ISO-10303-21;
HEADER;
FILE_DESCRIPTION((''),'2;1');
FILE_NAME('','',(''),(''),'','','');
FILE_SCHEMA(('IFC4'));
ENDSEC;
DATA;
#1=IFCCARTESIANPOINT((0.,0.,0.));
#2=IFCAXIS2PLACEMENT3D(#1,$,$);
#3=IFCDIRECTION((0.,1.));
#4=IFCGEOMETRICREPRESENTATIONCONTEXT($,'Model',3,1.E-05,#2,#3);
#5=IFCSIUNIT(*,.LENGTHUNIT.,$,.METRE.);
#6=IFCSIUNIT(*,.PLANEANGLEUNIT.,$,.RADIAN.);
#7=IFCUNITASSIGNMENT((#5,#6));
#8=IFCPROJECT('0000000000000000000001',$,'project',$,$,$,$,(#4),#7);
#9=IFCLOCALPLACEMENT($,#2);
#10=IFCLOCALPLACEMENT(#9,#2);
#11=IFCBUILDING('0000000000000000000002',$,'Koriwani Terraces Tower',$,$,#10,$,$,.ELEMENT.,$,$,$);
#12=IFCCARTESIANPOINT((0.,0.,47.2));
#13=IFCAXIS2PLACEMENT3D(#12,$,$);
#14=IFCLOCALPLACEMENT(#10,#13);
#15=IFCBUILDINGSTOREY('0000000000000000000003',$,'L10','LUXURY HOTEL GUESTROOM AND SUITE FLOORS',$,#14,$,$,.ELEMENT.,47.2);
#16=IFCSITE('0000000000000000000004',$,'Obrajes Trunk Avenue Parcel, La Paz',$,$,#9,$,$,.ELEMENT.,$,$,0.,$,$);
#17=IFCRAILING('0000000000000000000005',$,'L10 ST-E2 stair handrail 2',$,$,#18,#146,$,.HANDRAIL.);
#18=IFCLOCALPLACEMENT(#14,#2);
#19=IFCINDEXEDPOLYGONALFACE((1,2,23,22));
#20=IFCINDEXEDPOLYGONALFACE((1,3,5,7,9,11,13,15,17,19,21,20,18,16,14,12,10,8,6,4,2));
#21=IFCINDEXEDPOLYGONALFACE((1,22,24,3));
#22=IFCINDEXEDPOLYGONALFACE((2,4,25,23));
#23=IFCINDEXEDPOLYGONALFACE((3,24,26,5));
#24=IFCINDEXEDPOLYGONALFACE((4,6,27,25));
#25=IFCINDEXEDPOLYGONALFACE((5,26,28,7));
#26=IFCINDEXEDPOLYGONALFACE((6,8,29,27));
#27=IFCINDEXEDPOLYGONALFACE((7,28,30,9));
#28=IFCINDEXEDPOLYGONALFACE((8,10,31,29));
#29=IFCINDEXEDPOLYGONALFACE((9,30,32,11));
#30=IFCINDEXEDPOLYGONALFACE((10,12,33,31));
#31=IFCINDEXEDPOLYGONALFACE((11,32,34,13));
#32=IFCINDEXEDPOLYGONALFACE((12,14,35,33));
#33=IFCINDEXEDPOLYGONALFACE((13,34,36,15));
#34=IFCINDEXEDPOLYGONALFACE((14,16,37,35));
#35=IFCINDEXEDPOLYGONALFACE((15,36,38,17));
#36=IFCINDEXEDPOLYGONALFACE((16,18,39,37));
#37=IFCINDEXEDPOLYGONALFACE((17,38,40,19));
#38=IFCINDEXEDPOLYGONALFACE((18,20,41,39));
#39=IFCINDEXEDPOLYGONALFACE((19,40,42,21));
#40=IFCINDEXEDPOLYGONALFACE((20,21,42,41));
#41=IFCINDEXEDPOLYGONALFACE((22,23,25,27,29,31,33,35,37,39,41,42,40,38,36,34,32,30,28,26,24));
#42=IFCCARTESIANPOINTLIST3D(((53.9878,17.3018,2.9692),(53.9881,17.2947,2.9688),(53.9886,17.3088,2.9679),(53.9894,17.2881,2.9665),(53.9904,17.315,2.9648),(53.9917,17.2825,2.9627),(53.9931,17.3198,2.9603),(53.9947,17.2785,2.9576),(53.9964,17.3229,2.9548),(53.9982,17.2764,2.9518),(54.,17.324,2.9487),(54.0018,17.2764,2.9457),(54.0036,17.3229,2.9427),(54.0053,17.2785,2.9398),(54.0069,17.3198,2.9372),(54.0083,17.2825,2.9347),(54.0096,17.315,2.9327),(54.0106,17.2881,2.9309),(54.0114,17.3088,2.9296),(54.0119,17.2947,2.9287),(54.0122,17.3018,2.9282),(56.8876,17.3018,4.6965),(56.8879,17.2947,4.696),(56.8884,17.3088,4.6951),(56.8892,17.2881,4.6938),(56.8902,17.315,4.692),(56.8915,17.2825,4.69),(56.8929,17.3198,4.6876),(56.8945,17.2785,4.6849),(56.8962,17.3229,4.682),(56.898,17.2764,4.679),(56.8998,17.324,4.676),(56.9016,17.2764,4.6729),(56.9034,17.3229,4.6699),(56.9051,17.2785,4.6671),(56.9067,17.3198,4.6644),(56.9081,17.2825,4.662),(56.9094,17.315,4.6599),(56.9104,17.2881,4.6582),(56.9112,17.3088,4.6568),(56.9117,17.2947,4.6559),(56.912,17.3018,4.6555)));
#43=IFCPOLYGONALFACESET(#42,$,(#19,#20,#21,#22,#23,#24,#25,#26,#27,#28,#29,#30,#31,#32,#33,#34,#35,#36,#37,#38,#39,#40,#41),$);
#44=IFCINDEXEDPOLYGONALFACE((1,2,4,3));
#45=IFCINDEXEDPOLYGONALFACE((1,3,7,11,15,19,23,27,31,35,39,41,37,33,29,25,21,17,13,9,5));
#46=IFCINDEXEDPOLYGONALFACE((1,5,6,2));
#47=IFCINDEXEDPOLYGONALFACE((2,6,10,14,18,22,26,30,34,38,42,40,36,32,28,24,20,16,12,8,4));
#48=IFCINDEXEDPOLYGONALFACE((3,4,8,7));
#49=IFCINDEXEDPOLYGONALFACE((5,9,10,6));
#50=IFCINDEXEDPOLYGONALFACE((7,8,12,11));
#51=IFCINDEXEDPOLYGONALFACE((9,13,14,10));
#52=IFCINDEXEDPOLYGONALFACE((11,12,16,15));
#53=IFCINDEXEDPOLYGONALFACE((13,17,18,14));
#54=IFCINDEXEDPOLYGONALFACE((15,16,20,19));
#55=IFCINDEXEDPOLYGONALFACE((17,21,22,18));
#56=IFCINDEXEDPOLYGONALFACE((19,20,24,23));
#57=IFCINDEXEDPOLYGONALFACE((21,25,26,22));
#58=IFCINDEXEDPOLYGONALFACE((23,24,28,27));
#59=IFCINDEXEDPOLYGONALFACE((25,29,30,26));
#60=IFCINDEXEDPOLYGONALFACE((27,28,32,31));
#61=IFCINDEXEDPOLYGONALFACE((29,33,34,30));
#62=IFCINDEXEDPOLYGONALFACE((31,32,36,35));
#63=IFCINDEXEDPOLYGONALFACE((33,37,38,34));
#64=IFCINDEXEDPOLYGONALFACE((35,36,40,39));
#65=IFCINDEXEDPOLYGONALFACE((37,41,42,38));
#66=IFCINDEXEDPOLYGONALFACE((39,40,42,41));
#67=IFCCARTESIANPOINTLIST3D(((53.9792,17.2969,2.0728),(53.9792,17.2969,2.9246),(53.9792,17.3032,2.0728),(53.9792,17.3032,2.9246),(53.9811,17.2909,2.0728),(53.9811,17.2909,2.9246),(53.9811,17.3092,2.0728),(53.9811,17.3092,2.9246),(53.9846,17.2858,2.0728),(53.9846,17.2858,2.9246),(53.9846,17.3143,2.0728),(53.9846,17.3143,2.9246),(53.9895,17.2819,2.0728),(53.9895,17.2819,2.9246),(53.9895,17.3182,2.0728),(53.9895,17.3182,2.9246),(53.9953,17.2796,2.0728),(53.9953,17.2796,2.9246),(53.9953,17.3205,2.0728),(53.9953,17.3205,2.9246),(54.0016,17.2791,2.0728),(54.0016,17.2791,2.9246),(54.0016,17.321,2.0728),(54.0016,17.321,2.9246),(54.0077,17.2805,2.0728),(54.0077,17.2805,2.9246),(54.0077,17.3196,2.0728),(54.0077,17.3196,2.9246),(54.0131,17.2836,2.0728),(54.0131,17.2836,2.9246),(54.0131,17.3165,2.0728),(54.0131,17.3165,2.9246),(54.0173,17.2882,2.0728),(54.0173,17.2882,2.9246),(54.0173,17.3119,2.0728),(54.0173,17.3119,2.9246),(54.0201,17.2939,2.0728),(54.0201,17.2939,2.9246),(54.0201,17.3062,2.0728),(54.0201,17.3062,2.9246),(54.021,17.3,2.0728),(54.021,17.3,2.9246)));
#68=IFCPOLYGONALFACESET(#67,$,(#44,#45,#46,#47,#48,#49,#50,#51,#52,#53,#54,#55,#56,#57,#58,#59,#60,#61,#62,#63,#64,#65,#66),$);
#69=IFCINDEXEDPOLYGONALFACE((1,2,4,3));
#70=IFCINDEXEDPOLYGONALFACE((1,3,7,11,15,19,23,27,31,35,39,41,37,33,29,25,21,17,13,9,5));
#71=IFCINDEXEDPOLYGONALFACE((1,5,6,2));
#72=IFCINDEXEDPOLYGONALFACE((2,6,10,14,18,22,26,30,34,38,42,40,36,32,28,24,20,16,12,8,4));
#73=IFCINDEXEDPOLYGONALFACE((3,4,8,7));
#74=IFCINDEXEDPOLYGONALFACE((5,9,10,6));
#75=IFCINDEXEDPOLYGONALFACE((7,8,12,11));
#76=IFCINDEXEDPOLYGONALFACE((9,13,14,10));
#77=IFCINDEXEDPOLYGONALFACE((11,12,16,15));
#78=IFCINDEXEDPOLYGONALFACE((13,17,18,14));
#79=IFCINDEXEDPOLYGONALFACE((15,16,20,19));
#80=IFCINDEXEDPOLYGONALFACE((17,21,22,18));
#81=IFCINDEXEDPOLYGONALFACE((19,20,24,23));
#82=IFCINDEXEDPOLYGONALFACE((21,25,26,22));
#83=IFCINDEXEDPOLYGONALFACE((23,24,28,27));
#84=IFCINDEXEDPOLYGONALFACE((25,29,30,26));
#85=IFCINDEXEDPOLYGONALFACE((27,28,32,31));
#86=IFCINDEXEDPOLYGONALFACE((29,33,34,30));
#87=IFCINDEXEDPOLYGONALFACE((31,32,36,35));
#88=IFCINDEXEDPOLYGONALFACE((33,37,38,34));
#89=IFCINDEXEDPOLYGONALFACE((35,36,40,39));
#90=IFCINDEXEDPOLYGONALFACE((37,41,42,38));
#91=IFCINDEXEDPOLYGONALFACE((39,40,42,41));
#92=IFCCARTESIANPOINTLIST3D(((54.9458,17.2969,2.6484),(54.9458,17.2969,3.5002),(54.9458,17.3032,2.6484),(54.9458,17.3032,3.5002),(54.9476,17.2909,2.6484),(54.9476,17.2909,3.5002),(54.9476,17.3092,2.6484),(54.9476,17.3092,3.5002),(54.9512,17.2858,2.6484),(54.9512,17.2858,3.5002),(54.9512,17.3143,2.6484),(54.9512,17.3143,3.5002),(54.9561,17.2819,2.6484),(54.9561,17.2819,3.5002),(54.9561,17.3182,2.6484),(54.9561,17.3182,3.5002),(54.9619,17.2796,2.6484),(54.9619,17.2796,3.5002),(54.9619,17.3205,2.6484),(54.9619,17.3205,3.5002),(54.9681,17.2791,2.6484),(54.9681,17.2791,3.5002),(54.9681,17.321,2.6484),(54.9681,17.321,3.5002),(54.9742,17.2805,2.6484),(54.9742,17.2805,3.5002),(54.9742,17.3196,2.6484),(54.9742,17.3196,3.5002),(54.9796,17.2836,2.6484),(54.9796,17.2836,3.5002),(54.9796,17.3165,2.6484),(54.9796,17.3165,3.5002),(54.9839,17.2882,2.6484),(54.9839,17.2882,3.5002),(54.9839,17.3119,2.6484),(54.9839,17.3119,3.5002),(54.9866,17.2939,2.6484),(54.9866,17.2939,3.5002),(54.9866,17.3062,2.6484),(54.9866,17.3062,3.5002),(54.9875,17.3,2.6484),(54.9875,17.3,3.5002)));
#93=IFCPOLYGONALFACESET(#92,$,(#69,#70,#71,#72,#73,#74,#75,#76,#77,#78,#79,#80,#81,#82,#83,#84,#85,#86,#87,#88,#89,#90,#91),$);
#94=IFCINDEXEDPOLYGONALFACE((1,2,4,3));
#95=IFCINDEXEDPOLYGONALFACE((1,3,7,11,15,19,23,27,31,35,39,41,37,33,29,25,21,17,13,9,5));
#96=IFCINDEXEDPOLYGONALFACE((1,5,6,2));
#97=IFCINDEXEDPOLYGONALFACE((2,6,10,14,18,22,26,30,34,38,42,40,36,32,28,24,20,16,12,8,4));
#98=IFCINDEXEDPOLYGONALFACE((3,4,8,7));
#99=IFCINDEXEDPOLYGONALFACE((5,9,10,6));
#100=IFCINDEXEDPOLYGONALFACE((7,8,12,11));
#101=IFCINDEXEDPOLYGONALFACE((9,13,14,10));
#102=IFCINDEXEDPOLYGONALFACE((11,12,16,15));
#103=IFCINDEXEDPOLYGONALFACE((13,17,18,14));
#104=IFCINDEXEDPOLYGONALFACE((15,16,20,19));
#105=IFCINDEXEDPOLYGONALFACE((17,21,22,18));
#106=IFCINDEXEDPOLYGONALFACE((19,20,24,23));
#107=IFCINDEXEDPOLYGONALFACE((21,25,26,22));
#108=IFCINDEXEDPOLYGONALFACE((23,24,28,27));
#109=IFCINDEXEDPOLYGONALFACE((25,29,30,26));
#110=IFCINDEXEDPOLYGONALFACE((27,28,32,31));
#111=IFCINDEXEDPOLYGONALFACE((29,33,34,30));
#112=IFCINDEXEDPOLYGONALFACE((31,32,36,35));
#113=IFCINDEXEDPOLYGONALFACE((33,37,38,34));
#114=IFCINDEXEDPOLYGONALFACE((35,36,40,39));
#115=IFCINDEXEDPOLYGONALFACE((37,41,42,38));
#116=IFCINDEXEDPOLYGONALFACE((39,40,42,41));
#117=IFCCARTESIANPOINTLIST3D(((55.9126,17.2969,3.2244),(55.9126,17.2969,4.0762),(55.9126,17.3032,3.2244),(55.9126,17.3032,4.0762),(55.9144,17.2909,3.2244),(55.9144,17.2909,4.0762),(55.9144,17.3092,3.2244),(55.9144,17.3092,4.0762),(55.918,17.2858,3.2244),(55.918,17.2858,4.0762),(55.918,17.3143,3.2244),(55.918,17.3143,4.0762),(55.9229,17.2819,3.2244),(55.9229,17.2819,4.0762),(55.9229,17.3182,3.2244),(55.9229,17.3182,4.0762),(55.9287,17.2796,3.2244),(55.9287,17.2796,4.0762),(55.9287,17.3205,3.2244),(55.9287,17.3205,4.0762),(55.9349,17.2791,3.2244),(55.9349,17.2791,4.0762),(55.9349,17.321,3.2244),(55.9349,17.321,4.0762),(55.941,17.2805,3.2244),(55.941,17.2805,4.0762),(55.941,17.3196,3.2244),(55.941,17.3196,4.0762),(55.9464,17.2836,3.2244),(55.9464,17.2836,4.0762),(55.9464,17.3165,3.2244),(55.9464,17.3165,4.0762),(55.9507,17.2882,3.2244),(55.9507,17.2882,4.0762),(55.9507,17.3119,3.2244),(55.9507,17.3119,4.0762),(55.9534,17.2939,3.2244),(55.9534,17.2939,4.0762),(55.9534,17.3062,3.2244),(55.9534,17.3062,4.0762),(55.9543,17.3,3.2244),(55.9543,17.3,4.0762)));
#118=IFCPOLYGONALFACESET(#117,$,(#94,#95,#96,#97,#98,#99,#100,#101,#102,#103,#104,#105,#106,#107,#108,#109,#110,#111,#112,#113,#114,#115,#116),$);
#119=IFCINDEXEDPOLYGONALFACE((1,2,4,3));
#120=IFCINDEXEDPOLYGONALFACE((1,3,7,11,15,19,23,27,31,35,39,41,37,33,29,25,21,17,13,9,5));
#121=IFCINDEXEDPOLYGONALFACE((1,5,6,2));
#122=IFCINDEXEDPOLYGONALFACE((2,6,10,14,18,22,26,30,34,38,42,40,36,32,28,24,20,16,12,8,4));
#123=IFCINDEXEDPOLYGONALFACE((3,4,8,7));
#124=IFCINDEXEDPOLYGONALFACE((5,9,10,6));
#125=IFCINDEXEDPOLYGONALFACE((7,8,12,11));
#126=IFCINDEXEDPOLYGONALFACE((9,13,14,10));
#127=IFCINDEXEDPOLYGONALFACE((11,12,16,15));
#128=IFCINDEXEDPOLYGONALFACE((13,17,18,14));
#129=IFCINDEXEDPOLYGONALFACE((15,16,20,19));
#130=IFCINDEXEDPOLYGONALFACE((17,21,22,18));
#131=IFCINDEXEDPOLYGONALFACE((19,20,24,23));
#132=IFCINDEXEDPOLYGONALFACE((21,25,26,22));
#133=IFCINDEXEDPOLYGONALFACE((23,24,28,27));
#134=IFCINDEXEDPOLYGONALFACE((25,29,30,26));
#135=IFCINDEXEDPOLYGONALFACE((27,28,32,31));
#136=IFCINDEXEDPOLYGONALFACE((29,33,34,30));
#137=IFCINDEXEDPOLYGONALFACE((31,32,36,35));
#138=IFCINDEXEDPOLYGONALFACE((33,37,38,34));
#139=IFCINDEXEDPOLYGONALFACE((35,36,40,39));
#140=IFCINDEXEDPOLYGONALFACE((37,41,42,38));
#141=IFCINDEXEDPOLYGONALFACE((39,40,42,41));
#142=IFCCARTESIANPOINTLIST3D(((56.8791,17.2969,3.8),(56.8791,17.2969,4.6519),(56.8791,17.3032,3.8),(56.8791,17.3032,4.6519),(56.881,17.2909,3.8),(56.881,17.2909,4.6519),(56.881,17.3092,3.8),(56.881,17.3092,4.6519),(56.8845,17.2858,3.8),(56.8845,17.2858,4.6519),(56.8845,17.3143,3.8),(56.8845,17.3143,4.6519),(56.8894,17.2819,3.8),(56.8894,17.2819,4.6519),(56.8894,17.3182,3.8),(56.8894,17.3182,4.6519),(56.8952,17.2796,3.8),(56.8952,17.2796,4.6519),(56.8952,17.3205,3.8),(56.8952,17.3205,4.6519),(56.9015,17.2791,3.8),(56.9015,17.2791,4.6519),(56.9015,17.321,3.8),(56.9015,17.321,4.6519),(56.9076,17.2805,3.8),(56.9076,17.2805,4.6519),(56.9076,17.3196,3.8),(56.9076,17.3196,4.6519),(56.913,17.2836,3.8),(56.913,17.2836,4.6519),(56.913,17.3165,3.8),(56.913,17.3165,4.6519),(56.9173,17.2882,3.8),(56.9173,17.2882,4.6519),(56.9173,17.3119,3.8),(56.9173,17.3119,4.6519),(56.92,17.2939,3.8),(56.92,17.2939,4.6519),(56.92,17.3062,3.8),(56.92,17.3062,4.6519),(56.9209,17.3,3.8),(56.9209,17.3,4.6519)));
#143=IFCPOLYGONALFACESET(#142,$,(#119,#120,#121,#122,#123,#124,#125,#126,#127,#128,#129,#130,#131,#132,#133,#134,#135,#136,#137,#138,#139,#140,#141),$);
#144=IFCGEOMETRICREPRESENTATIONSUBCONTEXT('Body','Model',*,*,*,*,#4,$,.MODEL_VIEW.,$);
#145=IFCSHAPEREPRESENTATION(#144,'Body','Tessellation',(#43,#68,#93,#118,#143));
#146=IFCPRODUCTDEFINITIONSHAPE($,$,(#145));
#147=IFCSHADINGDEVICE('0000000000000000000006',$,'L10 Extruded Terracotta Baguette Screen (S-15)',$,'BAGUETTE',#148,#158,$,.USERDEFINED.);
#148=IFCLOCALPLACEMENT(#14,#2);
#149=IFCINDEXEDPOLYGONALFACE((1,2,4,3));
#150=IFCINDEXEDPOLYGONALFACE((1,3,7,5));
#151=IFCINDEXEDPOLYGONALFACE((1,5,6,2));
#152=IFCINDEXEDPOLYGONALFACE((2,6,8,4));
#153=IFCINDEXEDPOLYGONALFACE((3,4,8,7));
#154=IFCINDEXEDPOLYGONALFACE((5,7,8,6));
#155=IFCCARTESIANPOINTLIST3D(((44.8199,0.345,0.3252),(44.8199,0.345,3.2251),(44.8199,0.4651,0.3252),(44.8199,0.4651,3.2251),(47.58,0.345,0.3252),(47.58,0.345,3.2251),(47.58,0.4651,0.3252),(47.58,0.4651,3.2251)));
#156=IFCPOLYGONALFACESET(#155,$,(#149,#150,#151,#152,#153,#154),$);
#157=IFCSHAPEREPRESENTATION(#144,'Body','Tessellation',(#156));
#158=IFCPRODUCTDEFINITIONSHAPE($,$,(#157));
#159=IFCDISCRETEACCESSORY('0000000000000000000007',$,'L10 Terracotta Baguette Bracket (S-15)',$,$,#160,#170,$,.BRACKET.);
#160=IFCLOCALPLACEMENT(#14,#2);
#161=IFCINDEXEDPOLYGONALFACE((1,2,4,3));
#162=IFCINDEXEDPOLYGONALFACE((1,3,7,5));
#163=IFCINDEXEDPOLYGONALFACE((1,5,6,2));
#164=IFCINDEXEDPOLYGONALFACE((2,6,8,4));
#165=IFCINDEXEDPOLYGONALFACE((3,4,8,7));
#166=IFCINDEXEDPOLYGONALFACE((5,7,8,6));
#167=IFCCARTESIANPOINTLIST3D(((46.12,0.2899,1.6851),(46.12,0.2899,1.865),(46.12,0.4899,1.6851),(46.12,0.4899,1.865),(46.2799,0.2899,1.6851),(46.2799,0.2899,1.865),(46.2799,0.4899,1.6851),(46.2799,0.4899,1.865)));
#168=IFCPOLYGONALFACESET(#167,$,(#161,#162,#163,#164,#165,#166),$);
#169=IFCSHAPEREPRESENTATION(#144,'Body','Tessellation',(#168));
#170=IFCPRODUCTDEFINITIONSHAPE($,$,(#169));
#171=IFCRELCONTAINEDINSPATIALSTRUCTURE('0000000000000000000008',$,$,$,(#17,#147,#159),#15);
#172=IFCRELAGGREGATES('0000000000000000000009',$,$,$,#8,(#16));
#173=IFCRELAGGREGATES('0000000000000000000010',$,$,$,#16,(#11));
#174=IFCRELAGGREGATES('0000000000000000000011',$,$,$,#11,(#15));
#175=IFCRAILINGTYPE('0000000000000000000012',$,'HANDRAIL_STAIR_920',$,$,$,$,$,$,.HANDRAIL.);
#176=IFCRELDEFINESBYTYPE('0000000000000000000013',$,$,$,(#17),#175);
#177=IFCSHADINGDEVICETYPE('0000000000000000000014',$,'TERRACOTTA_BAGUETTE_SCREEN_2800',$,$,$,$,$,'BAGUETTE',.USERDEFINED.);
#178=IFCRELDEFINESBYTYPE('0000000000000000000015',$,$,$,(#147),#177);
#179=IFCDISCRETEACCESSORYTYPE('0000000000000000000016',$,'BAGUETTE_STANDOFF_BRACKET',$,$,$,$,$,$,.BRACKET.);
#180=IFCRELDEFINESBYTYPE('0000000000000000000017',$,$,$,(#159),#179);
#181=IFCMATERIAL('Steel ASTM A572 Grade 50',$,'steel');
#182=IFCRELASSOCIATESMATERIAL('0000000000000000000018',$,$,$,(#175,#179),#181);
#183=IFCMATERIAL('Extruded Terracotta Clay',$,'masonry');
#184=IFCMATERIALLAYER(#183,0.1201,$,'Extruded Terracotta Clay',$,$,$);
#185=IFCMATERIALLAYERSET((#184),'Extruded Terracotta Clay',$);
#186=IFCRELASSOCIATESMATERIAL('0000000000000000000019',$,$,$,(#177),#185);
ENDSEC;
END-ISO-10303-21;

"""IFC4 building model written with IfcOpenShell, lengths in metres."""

from ifc_helpers import new_model, si_unit, direction, frame, origin, origin_2d, place, context, subcontext, project, spatial, rectangle, circle, extrude, material, layer, layer_set, type_object, element, save


model = new_model("IFC4")

# Units and contexts
model_context = context("Model", 3, precision=1e-05, world=origin(), true_north=direction((0.0, 1.0)))
body_context = subcontext(model_context, "Body", "Model", "MODEL_VIEW")
ifc_project = project(units=[si_unit("LENGTHUNIT", "METRE"), si_unit("PLANEANGLEUNIT", "RADIAN")], contexts=[model_context])

# Site, building, storey
site_placement = place(None, origin())
site = spatial("IfcSite", under=ifc_project, at=site_placement, Name="Obrajes Trunk Avenue Parcel, La Paz", CompositionType="ELEMENT", RefElevation=0.0)
building_placement = place(site_placement, origin())
building = spatial("IfcBuilding", under=site, at=building_placement, Name="Koriwani Terraces Tower", CompositionType="ELEMENT")
storey_placement = place(building_placement, frame((0.0, 0.0, 47.2)))
storey = spatial("IfcBuildingStorey", under=building, at=storey_placement, Name="L10", Description="LUXURY HOTEL GUESTROOM AND SUITE FLOORS", CompositionType="ELEMENT", Elevation=47.2)

# Shared definitions
ifc_material_1 = material(Name="Steel ASTM A572 Grade 50", Category="steel")

# Railing
railing_type = type_object("IfcRailingType", Name="HANDRAIL_STAIR_920", PredefinedType="HANDRAIL", material=ifc_material_1)
railing_placement = place(storey_placement, frame((54.0, 17.3, 2.0728)))
element("IfcRailing", 1, at=railing_placement, inside=storey, type_object=railing_type, Name="L10 ST-E2 stair handrail 2", PredefinedType="HANDRAIL", context=body_context, shape_type="SweptSolid", body=[
    extrude(circle(Radius=0.0239, at=origin_2d()), frame((0.0, 0.0, 0.876), z_axis=(0.859141, 0.0, 0.511738), x_axis=(0.0, 1.0, 0.0)), (0.0, 0.0, 1.0), 3.3752),
    extrude(circle(Radius=0.021, at=origin_2d()), origin(), (0.0, 0.0, 1.0), 0.8518),
    extrude(circle(Radius=0.021, at=origin_2d()), frame((0.9666, 0.0, 0.5757)), (0.0, 0.0, 1.0), 0.8518),
    extrude(circle(Radius=0.021, at=origin_2d()), frame((1.9333, 0.0, 1.1516)), (0.0, 0.0, 1.0), 0.8518),
    extrude(circle(Radius=0.021, at=origin_2d()), frame((2.8999, 0.0, 1.7273)), (0.0, 0.0, 1.0), 0.8518),
])

# Shading device
ifc_material_2 = material(Name="Extruded Terracotta Clay", Category="masonry")
ifc_layer_1 = layer(ifc_material_2, 0.1201, Name="Extruded Terracotta Clay")
ifc_layer_set_1 = layer_set([ifc_layer_1], Name="Extruded Terracotta Clay")
shading_device_type = type_object("IfcShadingDeviceType", Name="TERRACOTTA_BAGUETTE_SCREEN_2800", ElementType="BAGUETTE", PredefinedType="USERDEFINED", material=ifc_layer_set_1)
shading_device_placement = place(storey_placement, frame((46.2, 0.405, 0.3252), z_axis=(0.0, 0.0, 1.0), x_axis=(-1.0, 0.0, 0.0)))
element("IfcShadingDevice", 2, at=shading_device_placement, inside=storey, type_object=shading_device_type, Name="L10 Extruded Terracotta Baguette Screen (S-15)", ObjectType="BAGUETTE", PredefinedType="USERDEFINED", context=body_context, shape_type="SweptSolid", body=[
    extrude(rectangle(XDim=2.76, YDim=0.1201, at=origin_2d()), origin(), (0.0, 0.0, 1.0), 2.8999),
])

# Discrete accessory
discrete_accessory_type = type_object("IfcDiscreteAccessoryType", Name="BAGUETTE_STANDOFF_BRACKET", PredefinedType="BRACKET", material=ifc_material_1)
discrete_accessory_placement = place(storey_placement, frame((46.2, 0.3899, 1.6851), z_axis=(0.0, 0.0, 1.0), x_axis=(-1.0, 0.0, 0.0)))
element("IfcDiscreteAccessory", 3, at=discrete_accessory_placement, inside=storey, type_object=discrete_accessory_type, Name="L10 Terracotta Baguette Bracket (S-15)", PredefinedType="BRACKET", context=body_context, shape_type="SweptSolid", body=[
    extrude(rectangle(XDim=0.1599, YDim=0.2, at=origin_2d()), origin(), (0.0, 0.0, 1.0), 0.1799),
])

save(model, "model.ifc")
